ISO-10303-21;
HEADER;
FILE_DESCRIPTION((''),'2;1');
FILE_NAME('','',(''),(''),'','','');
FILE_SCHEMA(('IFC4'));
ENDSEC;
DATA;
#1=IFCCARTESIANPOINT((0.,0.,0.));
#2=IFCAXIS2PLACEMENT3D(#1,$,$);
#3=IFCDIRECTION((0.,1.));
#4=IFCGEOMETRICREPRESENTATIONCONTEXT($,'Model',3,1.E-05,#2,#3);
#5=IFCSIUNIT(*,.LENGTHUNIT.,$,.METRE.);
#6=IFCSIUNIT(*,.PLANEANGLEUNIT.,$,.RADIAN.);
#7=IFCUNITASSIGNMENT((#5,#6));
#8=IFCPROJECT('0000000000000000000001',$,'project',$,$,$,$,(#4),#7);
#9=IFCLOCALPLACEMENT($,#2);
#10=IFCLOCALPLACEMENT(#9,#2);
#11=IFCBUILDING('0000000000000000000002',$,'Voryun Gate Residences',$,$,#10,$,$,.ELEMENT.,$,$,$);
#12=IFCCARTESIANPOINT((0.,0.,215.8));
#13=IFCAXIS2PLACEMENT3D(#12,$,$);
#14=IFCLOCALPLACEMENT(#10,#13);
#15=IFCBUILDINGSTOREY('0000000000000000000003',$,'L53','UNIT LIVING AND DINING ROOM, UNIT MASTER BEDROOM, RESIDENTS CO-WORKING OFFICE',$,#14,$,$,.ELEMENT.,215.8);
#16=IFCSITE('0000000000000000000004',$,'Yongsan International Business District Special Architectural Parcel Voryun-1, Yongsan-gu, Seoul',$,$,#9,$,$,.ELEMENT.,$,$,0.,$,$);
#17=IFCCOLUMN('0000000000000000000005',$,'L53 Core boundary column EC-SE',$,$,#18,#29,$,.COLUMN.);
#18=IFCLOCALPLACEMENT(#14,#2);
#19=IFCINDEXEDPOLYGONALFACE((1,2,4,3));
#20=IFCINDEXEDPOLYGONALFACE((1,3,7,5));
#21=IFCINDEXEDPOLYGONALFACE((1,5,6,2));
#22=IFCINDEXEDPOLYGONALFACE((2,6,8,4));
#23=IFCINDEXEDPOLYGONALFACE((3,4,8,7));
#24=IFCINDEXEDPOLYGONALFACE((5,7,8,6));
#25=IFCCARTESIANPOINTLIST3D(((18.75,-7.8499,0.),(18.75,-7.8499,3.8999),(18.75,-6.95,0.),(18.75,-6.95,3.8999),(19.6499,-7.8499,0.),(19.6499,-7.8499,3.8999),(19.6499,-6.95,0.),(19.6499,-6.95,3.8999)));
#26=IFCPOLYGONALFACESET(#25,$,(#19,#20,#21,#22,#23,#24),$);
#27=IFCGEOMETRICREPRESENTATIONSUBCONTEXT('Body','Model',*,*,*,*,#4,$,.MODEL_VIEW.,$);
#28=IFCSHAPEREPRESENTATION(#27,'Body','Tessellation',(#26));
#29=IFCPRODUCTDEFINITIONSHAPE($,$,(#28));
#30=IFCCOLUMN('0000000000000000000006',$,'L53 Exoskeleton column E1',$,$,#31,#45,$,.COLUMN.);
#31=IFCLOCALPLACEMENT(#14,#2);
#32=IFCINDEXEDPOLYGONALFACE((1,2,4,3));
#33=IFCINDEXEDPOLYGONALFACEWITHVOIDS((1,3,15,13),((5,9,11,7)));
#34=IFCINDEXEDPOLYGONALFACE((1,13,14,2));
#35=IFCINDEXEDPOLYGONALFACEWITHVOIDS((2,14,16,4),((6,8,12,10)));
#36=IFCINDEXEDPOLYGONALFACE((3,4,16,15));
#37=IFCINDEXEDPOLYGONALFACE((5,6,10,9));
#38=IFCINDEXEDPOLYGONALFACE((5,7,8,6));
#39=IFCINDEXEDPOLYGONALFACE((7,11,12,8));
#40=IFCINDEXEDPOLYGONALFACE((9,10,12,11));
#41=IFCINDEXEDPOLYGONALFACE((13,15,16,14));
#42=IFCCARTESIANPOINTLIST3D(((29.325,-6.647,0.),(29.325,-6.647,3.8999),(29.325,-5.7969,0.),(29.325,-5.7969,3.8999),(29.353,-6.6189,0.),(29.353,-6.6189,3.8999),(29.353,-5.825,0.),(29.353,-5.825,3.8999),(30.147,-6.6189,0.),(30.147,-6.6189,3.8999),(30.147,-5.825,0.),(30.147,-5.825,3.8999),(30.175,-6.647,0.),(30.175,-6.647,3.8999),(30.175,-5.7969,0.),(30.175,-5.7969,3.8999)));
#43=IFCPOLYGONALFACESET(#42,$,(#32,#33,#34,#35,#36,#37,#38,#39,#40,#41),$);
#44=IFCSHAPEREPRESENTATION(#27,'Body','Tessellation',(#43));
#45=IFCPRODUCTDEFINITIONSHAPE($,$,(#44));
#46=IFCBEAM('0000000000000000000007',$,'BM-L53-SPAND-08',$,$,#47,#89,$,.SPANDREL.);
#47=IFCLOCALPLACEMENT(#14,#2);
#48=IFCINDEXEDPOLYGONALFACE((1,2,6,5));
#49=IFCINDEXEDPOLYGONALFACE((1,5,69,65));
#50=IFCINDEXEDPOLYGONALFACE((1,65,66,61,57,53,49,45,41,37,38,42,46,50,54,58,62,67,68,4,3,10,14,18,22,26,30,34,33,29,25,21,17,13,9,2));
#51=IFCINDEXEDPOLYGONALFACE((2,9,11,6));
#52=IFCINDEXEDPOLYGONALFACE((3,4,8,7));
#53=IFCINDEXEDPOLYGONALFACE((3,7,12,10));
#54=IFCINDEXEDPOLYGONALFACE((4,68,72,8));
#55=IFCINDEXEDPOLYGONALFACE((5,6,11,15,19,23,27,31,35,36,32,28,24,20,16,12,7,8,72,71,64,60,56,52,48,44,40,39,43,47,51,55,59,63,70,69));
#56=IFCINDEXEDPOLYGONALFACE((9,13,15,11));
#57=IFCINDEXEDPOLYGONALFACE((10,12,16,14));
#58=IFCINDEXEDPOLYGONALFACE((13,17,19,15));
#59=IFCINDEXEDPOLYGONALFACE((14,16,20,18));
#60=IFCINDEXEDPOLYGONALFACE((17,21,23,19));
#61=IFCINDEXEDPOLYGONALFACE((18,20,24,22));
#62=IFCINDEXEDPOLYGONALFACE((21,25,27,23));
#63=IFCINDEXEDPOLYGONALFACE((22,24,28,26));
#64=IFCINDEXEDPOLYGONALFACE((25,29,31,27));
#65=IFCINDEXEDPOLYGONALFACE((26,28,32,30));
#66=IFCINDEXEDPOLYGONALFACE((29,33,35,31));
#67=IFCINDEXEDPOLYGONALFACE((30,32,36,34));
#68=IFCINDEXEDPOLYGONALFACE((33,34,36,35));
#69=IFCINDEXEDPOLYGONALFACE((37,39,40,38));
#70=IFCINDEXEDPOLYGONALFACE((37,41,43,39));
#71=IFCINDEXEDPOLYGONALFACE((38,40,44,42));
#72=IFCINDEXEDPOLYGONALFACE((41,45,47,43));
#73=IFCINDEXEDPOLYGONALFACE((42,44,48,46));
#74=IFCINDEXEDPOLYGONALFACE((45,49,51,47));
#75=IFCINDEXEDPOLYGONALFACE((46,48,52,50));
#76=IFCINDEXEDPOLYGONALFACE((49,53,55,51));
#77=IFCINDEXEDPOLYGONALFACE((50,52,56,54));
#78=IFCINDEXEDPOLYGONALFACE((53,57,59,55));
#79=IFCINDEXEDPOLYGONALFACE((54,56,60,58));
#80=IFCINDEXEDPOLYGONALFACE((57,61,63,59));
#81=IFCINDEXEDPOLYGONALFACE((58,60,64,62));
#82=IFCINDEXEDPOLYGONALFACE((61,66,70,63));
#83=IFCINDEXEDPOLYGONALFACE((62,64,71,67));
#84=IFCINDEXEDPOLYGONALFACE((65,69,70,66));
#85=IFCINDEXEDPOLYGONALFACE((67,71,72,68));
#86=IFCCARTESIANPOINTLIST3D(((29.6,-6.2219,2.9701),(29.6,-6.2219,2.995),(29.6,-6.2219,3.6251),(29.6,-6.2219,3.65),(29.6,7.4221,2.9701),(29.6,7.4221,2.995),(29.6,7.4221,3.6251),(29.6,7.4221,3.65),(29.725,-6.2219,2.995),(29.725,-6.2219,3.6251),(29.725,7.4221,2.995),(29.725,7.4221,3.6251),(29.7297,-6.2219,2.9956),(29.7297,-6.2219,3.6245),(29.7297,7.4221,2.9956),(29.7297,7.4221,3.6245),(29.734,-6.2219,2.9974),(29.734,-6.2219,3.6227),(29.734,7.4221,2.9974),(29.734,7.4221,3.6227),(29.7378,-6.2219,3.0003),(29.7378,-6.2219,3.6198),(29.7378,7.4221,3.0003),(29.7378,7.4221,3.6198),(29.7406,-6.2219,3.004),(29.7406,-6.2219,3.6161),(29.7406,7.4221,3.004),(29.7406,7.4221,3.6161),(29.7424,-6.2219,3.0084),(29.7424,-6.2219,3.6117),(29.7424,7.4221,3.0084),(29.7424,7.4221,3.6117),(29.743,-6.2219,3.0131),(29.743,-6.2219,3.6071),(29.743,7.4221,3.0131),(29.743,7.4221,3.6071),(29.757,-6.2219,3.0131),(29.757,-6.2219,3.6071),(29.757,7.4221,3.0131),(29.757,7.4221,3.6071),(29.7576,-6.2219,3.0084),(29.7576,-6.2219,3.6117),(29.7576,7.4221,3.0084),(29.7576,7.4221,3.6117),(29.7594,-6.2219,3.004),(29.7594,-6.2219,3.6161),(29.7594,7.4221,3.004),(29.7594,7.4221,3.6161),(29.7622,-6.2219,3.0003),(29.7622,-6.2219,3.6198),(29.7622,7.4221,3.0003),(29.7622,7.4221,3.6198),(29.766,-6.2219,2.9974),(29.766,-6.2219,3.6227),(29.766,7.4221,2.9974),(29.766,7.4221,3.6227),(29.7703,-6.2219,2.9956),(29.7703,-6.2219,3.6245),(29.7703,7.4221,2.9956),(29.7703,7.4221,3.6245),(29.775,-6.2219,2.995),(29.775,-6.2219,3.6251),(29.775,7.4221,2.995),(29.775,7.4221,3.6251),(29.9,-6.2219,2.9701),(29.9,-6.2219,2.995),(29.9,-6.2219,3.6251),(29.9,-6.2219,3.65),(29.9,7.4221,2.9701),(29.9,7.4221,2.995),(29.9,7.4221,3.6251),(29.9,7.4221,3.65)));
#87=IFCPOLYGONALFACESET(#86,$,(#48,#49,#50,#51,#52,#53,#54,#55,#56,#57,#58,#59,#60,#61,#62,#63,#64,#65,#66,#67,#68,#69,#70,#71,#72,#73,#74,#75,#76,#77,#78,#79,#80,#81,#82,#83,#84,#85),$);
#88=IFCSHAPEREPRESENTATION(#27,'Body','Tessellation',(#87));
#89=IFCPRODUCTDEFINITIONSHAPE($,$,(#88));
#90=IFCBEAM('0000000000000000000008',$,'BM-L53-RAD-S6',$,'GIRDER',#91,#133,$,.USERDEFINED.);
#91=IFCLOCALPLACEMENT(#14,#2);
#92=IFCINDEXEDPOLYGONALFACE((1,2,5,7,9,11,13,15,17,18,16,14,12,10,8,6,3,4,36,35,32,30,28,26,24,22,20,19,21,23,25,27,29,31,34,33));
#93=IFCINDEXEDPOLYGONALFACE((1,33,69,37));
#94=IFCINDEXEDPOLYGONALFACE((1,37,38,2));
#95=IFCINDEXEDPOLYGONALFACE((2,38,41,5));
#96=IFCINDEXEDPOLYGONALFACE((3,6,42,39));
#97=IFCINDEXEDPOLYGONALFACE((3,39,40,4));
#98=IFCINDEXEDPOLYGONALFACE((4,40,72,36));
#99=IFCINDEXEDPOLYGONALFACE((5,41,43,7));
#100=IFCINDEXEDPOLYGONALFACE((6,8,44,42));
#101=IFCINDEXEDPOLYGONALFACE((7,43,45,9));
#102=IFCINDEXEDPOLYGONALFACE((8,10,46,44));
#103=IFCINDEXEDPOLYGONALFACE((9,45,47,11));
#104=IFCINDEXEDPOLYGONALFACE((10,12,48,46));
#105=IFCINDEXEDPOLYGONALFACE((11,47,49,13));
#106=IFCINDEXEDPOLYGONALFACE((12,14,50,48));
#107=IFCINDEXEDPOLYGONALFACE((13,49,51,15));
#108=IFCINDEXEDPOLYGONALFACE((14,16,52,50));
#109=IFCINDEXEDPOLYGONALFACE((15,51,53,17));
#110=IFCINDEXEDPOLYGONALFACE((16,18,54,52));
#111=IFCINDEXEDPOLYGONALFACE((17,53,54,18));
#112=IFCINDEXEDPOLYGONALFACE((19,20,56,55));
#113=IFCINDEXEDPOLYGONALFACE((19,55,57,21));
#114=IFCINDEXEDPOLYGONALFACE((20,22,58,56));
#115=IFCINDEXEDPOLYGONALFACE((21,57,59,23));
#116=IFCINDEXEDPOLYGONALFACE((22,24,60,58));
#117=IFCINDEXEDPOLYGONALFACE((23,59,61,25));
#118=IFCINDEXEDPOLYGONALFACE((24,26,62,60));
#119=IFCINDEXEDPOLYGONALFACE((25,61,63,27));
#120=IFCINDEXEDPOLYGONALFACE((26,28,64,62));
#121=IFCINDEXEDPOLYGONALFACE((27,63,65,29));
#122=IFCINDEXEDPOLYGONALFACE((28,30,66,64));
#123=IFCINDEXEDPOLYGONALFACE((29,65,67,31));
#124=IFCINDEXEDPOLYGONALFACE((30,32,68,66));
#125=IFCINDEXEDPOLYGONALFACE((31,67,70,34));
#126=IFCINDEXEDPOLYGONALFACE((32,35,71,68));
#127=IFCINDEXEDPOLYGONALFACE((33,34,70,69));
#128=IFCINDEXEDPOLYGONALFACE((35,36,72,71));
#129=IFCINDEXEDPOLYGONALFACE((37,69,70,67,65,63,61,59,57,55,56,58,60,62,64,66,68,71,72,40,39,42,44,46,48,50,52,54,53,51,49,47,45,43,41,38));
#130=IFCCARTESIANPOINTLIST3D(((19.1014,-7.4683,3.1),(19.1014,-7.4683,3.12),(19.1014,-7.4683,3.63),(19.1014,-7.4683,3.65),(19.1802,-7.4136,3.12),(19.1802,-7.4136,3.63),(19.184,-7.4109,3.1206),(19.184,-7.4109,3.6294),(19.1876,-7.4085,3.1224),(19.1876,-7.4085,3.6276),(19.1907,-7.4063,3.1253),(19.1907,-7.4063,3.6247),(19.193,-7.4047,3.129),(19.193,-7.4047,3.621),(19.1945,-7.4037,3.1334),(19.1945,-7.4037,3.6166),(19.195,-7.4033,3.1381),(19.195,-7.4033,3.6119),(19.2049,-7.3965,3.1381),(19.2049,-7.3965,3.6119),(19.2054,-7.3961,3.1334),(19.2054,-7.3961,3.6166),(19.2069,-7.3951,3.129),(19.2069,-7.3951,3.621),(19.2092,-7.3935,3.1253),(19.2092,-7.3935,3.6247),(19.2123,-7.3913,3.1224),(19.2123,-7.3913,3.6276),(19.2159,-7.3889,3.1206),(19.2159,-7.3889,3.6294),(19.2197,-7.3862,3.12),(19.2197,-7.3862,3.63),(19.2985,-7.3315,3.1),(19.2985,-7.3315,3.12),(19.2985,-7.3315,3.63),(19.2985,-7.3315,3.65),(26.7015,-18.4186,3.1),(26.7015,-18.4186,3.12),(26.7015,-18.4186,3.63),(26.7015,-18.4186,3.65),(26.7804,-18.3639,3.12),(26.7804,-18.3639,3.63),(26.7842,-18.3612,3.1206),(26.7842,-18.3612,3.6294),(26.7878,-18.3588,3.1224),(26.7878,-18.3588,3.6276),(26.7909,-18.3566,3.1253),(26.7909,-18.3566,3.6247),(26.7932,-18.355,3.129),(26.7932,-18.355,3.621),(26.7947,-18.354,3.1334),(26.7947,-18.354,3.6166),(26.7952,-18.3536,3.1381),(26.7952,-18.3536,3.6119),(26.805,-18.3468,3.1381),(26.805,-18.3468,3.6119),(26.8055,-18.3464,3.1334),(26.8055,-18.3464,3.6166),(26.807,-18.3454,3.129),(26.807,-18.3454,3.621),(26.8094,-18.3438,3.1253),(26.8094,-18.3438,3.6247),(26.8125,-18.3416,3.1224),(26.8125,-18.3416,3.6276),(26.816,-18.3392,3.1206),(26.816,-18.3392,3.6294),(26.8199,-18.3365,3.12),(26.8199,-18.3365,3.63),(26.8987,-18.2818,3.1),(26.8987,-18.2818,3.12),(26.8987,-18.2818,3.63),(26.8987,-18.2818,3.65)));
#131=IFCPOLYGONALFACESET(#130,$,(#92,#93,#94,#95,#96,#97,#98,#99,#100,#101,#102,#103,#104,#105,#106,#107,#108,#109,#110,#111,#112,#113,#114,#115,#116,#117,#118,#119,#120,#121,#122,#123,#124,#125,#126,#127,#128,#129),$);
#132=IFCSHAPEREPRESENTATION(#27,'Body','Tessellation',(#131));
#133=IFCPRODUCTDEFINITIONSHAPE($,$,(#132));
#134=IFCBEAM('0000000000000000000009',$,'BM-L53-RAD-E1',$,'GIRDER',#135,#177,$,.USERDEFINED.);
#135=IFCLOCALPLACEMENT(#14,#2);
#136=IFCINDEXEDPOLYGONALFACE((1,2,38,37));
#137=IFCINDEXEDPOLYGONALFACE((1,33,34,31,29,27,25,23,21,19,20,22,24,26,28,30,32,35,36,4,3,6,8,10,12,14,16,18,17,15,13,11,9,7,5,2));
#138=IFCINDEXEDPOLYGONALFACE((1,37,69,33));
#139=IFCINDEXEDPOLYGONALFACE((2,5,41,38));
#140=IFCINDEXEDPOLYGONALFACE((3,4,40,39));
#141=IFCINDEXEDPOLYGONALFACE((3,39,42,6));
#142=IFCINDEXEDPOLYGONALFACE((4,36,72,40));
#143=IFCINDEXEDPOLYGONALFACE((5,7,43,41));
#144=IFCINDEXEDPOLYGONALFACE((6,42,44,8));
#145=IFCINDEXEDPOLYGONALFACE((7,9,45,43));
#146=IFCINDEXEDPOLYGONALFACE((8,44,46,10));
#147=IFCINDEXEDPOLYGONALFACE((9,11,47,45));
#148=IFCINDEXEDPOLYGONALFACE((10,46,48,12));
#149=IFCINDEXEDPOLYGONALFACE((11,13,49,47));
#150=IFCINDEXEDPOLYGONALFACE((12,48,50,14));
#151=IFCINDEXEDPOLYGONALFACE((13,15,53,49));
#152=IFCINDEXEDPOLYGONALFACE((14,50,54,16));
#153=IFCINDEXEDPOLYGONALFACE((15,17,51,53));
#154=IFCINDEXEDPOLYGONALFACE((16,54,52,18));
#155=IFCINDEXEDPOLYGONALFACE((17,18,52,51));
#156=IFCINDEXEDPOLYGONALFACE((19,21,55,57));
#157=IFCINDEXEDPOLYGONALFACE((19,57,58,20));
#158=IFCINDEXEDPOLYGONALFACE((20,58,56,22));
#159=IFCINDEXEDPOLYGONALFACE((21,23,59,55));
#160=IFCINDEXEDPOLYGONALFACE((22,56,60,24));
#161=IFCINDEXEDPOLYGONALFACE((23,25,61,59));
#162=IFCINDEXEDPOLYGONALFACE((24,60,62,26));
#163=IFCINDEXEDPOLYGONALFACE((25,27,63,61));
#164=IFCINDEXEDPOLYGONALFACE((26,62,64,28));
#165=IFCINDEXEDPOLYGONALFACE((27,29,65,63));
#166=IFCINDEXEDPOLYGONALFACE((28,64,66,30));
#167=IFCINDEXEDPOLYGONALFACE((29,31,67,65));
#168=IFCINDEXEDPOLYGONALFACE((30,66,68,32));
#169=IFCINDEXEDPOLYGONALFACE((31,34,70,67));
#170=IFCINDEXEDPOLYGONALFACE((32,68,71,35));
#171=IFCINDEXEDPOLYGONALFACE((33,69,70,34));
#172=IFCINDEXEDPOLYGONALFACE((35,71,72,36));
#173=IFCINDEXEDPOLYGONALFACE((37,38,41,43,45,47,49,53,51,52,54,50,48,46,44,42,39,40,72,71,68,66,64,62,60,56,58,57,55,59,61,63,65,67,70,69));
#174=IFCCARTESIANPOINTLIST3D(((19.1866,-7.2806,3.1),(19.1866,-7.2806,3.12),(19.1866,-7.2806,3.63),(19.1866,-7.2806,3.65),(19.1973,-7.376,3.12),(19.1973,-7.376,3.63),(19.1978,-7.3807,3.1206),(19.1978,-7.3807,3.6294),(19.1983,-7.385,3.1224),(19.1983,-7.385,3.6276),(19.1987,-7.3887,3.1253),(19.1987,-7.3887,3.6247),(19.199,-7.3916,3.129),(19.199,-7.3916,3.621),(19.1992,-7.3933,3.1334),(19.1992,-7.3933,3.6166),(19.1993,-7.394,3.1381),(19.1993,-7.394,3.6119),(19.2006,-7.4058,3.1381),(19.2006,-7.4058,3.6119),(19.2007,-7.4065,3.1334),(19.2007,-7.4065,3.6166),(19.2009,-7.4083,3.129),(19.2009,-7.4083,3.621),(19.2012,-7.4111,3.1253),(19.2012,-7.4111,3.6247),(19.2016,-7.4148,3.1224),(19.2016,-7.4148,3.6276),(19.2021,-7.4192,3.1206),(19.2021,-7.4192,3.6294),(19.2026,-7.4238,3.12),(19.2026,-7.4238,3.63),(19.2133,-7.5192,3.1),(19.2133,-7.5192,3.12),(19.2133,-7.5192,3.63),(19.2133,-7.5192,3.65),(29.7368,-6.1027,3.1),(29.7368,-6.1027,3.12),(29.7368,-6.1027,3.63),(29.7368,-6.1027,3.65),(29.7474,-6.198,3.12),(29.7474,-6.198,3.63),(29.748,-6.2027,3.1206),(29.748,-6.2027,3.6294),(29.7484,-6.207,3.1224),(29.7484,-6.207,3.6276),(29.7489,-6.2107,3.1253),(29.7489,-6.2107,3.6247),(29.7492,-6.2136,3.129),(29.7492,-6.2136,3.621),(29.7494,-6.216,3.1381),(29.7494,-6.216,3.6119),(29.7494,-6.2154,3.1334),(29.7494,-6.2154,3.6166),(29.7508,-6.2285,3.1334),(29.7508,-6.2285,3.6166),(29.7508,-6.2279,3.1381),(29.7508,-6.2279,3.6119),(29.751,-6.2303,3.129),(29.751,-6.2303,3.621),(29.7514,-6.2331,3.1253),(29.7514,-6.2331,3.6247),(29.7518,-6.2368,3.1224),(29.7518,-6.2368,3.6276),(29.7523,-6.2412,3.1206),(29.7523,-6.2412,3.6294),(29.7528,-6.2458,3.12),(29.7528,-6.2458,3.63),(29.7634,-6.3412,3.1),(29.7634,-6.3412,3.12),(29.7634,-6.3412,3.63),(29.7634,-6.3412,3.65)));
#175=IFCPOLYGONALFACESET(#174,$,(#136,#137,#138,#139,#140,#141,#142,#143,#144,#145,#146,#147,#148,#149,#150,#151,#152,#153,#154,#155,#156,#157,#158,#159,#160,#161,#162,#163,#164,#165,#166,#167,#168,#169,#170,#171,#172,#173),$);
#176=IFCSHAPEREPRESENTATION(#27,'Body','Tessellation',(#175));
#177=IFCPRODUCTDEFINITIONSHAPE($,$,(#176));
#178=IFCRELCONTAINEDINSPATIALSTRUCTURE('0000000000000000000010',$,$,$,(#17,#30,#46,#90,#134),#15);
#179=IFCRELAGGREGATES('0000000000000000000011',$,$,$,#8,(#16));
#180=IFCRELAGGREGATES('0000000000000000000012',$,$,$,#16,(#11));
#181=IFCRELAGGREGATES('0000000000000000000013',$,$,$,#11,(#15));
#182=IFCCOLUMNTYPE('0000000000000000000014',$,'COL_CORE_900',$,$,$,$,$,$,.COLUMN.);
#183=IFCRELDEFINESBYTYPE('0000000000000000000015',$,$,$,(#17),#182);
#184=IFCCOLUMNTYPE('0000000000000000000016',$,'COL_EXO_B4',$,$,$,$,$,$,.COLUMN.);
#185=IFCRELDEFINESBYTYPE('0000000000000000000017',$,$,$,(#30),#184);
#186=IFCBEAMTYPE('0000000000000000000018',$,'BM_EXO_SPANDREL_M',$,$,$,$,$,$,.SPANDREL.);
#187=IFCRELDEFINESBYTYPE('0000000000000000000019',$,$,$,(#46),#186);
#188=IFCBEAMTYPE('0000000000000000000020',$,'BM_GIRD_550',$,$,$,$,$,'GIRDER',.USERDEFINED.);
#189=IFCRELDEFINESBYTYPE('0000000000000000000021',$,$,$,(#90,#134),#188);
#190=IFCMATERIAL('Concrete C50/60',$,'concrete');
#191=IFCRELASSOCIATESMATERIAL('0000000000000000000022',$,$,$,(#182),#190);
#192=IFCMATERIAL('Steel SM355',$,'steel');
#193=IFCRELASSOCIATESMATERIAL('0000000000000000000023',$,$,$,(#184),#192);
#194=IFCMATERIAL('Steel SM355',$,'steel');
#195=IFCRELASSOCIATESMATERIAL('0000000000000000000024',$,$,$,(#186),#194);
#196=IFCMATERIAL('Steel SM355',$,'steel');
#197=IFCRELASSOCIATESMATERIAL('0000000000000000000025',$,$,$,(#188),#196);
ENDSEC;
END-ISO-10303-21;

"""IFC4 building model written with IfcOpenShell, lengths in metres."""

from ifc_helpers import new_model, si_unit, direction, frame, origin, origin_2d, place, context, subcontext, project, spatial, rectangle, hollow_rectangle, i_section, extrude, material, material_profile, profile_set, type_object, element, save


model = new_model("IFC4")

# Units and contexts
model_context = context("Model", 3, precision=1e-05, world=origin(), true_north=direction((0.0, 1.0)))
body_context = subcontext(model_context, "Body", "Model", "MODEL_VIEW")
ifc_project = project(units=[si_unit("LENGTHUNIT", "METRE"), si_unit("PLANEANGLEUNIT", "RADIAN")], contexts=[model_context])

# Site, building, storey
site_placement = place(None, origin())
site = spatial("IfcSite", under=ifc_project, at=site_placement, Name="Yongsan International Business District Special Architectural Parcel Voryun-1, Yongsan-gu, Seoul", CompositionType="ELEMENT", RefElevation=0.0)
building_placement = place(site_placement, origin())
building = spatial("IfcBuilding", under=site, at=building_placement, Name="Voryun Gate Residences", CompositionType="ELEMENT")
storey_placement = place(building_placement, frame((0.0, 0.0, 215.8)))
storey = spatial("IfcBuildingStorey", under=building, at=storey_placement, Name="L53", Description="UNIT LIVING AND DINING ROOM, UNIT MASTER BEDROOM, RESIDENTS CO-WORKING OFFICE", CompositionType="ELEMENT", Elevation=215.8)

# Columns
ifc_material_1 = material(Name="Concrete C50/60", Category="concrete")
ifc_material_profile_1 = material_profile(ifc_material_1, rectangle(XDim=0.8999, YDim=0.8999, at=origin_2d()), Name="RC-900x900")
ifc_profile_set_1 = profile_set([ifc_material_profile_1], Name="Concrete C50/60")
column_type_1 = type_object("IfcColumnType", Name="COL_CORE_900", PredefinedType="COLUMN", material=ifc_profile_set_1)
column_1_placement = place(storey_placement, frame((19.2, -7.3999, 0.0), z_axis=(0.0, 0.0, 1.0), x_axis=(1.0, 0.0, 0.0)))
element("IfcColumn", 1, at=column_1_placement, inside=storey, type_object=column_type_1, Name="L53 Core boundary column EC-SE", PredefinedType="COLUMN", context=body_context, shape_type="SweptSolid", body=[
    extrude(rectangle(XDim=0.8999, YDim=0.8999, at=origin_2d()), origin(), (0.0, 0.0, 1.0), 3.8999),
])
ifc_material_2 = material(Name="Steel SM355", Category="steel")
ifc_material_profile_2 = material_profile(ifc_material_2, hollow_rectangle(XDim=0.8501, YDim=0.8501, WallThickness=0.0281, at=origin_2d()), Name="BOX-850x850x28")
ifc_profile_set_2 = profile_set([ifc_material_profile_2], Name="Steel SM355")
column_type_2 = type_object("IfcColumnType", Name="COL_EXO_B4", PredefinedType="COLUMN", material=ifc_profile_set_2)
column_2_placement = place(storey_placement, frame((29.75, -6.2219, 0.0), z_axis=(0.0, 0.0, 1.0), x_axis=(1.0, 0.0, 0.0)))
element("IfcColumn", 2, at=column_2_placement, inside=storey, type_object=column_type_2, Name="L53 Exoskeleton column E1", PredefinedType="COLUMN", context=body_context, shape_type="SweptSolid", body=[
    extrude(hollow_rectangle(XDim=0.8501, YDim=0.8501, WallThickness=0.0281, at=origin_2d()), origin(), (0.0, 0.0, 1.0), 3.8999),
])

# Beams
ifc_material_3 = material(Name="Steel SM355", Category="steel")
ifc_material_profile_3 = material_profile(ifc_material_3, i_section(OverallWidth=0.3, OverallDepth=0.6799, WebThickness=0.0139, FlangeThickness=0.0249, FilletRadius=0.0181, at=origin_2d()), Name="H-680x300x14x25")
ifc_profile_set_3 = profile_set([ifc_material_profile_3], Name="Steel SM355")
beam_type_1 = type_object("IfcBeamType", Name="BM_EXO_SPANDREL_M", PredefinedType="SPANDREL", material=ifc_profile_set_3)
beam_1_placement = place(storey_placement, frame((29.75, -6.2219, 3.3101), z_axis=(0.0, 1.0, 0.0), x_axis=(-1.0, 0.0, 0.0)))
element("IfcBeam", 3, at=beam_1_placement, inside=storey, type_object=beam_type_1, Name="BM-L53-SPAND-08", PredefinedType="SPANDREL", context=body_context, shape_type="SweptSolid", body=[
    extrude(i_section(OverallWidth=0.3, OverallDepth=0.6799, WebThickness=0.0139, FlangeThickness=0.0249, FilletRadius=0.0181, at=origin_2d()), origin(), (0.0, 0.0, 1.0), 13.644),
])
ifc_material_4 = material(Name="Steel SM355", Category="steel")
ifc_material_profile_4 = material_profile(ifc_material_4, i_section(OverallWidth=0.24, OverallDepth=0.55, WebThickness=0.012, FlangeThickness=0.02, FilletRadius=0.0181, at=origin_2d()), Name="H-550x240x12x20")
ifc_profile_set_4 = profile_set([ifc_material_profile_4], Name="Steel SM355")
beam_type_2 = type_object("IfcBeamType", Name="BM_GIRD_550", ElementType="GIRDER", PredefinedType="USERDEFINED", material=ifc_profile_set_4)
beam_2_placement = place(storey_placement, frame((19.2, -7.3999, 3.375), z_axis=(0.570183, -0.821518, 0.0), x_axis=(0.821518, 0.570183, 0.0)))
element("IfcBeam", 4, at=beam_2_placement, inside=storey, type_object=beam_type_2, Name="BM-L53-RAD-S6", ObjectType="GIRDER", PredefinedType="USERDEFINED", context=body_context, shape_type="SweptSolid", body=[
    extrude(i_section(OverallWidth=0.24, OverallDepth=0.55, WebThickness=0.012, FlangeThickness=0.02, FilletRadius=0.0181, at=origin_2d()), origin(), (0.0, 0.0, 1.0), 13.3293),
])
beam_3_placement = place(storey_placement, frame((19.2, -7.3999, 3.375), z_axis=(0.993824, 0.110967, 0.0), x_axis=(-0.110967, 0.993824, 0.0)))
element("IfcBeam", 5, at=beam_3_placement, inside=storey, type_object=beam_type_2, Name="BM-L53-RAD-E1", ObjectType="GIRDER", PredefinedType="USERDEFINED", context=body_context, shape_type="SweptSolid", body=[
    extrude(i_section(OverallWidth=0.24, OverallDepth=0.55, WebThickness=0.012, FlangeThickness=0.02, FilletRadius=0.0181, at=origin_2d()), origin(), (0.0, 0.0, 1.0), 10.6157),
])

save(model, "model.ifc")
